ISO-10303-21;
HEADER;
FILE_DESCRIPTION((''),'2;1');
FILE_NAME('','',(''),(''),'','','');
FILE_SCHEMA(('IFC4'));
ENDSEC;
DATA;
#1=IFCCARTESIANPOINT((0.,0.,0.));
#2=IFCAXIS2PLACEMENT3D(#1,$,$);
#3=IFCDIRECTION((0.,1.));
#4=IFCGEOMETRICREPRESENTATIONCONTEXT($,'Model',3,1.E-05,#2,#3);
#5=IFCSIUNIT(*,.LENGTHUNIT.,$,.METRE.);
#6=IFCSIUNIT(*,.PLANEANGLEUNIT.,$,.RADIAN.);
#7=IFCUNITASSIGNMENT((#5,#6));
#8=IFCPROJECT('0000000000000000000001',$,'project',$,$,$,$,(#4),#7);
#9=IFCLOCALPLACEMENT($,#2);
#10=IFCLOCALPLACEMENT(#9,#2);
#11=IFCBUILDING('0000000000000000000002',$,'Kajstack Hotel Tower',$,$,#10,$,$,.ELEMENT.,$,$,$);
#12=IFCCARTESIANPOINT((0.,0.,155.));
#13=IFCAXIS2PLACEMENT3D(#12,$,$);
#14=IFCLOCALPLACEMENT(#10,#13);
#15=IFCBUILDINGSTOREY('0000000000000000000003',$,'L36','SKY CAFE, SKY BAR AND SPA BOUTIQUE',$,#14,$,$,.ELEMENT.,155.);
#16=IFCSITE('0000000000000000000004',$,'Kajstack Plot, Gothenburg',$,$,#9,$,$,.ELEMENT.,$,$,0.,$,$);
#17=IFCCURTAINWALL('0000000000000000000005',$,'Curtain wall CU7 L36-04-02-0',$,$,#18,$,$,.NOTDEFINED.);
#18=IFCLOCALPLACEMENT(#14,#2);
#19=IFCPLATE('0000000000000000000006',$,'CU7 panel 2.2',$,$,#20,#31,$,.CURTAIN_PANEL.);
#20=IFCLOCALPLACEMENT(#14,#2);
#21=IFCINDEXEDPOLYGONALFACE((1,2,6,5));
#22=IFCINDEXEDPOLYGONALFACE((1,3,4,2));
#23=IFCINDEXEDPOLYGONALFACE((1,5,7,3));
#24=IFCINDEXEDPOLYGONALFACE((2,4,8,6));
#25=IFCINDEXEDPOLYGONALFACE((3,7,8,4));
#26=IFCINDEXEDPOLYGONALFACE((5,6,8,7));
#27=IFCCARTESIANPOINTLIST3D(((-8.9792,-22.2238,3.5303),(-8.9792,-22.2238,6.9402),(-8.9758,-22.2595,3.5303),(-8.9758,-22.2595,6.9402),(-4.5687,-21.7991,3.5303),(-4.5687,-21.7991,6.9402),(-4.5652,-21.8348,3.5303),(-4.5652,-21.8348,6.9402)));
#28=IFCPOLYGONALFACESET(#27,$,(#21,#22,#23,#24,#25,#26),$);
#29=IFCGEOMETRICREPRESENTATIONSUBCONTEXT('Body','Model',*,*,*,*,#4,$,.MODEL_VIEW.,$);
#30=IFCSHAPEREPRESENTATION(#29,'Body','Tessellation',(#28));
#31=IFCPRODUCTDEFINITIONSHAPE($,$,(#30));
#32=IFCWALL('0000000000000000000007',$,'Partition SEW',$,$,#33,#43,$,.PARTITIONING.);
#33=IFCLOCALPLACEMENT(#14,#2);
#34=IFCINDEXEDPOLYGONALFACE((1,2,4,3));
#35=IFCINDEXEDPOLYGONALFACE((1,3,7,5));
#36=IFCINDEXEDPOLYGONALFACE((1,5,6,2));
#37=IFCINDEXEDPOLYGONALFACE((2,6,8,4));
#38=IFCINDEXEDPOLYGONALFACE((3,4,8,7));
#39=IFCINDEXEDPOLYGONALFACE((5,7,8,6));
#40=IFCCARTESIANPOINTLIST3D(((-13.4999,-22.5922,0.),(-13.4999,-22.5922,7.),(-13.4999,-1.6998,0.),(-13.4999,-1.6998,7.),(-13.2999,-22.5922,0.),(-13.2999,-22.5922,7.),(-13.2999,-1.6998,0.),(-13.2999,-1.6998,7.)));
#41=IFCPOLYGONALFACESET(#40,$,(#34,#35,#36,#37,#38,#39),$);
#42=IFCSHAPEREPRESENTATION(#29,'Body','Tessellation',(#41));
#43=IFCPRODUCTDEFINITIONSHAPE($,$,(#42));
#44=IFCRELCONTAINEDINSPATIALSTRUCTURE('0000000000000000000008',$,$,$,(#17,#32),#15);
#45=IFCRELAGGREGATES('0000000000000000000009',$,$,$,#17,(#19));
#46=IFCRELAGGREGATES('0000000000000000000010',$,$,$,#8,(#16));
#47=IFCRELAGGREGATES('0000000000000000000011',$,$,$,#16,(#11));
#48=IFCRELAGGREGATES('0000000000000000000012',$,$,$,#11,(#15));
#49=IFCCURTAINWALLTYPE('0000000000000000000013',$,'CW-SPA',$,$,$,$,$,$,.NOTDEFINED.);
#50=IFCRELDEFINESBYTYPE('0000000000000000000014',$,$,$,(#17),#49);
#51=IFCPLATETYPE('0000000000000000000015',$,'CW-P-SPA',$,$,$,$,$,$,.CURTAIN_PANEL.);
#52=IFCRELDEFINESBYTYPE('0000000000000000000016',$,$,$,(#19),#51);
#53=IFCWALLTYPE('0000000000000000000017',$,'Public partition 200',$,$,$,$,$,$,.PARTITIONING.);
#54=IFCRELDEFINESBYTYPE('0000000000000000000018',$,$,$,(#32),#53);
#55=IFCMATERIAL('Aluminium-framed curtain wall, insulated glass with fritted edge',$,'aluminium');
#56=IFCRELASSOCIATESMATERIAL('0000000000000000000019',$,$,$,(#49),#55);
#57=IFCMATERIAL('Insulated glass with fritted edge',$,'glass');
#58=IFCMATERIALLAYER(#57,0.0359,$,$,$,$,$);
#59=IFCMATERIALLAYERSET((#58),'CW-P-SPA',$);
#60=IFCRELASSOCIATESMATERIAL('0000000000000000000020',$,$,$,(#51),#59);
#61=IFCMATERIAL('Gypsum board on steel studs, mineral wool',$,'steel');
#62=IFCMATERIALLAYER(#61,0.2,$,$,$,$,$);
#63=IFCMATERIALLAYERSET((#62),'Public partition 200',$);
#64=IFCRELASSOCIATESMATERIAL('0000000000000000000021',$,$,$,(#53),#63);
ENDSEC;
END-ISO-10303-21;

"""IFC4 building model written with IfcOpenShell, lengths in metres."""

from ifc_helpers import new_model, si_unit, direction, frame, frame_2d, origin, origin_2d, place, context, subcontext, project, spatial, rectangle, extrude, material, layer, layer_set, type_object, element, aggregate, save


model = new_model("IFC4")

# Units and contexts
model_context = context("Model", 3, precision=1e-05, world=origin(), true_north=direction((0.0, 1.0)))
body_context = subcontext(model_context, "Body", "Model", "MODEL_VIEW")
ifc_project = project(units=[si_unit("LENGTHUNIT", "METRE"), si_unit("PLANEANGLEUNIT", "RADIAN")], contexts=[model_context])

# Site, building, storey
site_placement = place(None, origin())
site = spatial("IfcSite", under=ifc_project, at=site_placement, Name="Kajstack Plot, Gothenburg", CompositionType="ELEMENT", RefElevation=0.0)
building_placement = place(site_placement, origin())
building = spatial("IfcBuilding", under=site, at=building_placement, Name="Kajstack Hotel Tower", CompositionType="ELEMENT")
storey_placement = place(building_placement, frame((0.0, 0.0, 155.0)))
storey = spatial("IfcBuildingStorey", under=building, at=storey_placement, Name="L36", Description="SKY CAFE, SKY BAR AND SPA BOUTIQUE", CompositionType="ELEMENT", Elevation=155.0)

# Curtain wall
ifc_material_1 = material(Name="Aluminium-framed curtain wall, insulated glass with fritted edge", Category="aluminium")
curtain_wall_type = type_object("IfcCurtainWallType", Name="CW-SPA", PredefinedType="NOTDEFINED", material=ifc_material_1)
curtain_wall_1_placement = place(storey_placement, origin())
curtain_wall_1 = element("IfcCurtainWall", 1, at=curtain_wall_1_placement, inside=storey, type_object=curtain_wall_type, Name="Curtain wall CU7 L36-04-02-0", PredefinedType="NOTDEFINED")

# Plate
ifc_material_2 = material(Name="Insulated glass with fritted edge", Category="glass")
ifc_layer_1 = layer(ifc_material_2, 0.0359)
ifc_layer_set_1 = layer_set([ifc_layer_1], Name="CW-P-SPA")
plate_type = type_object("IfcPlateType", Name="CW-P-SPA", PredefinedType="CURTAIN_PANEL", material=ifc_layer_set_1)
plate_1_placement = place(storey_placement, frame((-6.7722, -22.0293, 3.5303), z_axis=(0.0, 0.0, 1.0), x_axis=(0.995396, 0.095845, 0.0)))
plate_1 = element("IfcPlate", 2, at=plate_1_placement, type_object=plate_type, Name="CU7 panel 2.2", PredefinedType="CURTAIN_PANEL", context=body_context, shape_type="SweptSolid", body=[
    extrude(rectangle(XDim=4.4309, YDim=0.0359, at=origin_2d()), origin(), (0.0, 0.0, 1.0), 3.4099),
])
aggregate(curtain_wall_1, [plate_1])

# Wall
ifc_material_3 = material(Name="Gypsum board on steel studs, mineral wool", Category="steel")
ifc_layer_2 = layer(ifc_material_3, 0.2)
ifc_layer_set_2 = layer_set([ifc_layer_2], Name="Public partition 200")
wall_type = type_object("IfcWallType", Name="Public partition 200", PredefinedType="PARTITIONING", material=ifc_layer_set_2)
wall_placement = place(storey_placement, frame((-13.3999, -22.5923, 0.0), z_axis=(0.0, 0.0, 1.0), x_axis=(0.0, 1.0, 0.0)))
element("IfcWall", 3, at=wall_placement, inside=storey, type_object=wall_type, Name="Partition SEW", PredefinedType="PARTITIONING", context=body_context, shape_type="SweptSolid", body=[
    extrude(rectangle(XDim=20.8923, YDim=0.2, at=frame_2d((10.4463, 0.0))), origin(), (0.0, 0.0, 1.0), 7.0),
])

save(model, "model.ifc")
